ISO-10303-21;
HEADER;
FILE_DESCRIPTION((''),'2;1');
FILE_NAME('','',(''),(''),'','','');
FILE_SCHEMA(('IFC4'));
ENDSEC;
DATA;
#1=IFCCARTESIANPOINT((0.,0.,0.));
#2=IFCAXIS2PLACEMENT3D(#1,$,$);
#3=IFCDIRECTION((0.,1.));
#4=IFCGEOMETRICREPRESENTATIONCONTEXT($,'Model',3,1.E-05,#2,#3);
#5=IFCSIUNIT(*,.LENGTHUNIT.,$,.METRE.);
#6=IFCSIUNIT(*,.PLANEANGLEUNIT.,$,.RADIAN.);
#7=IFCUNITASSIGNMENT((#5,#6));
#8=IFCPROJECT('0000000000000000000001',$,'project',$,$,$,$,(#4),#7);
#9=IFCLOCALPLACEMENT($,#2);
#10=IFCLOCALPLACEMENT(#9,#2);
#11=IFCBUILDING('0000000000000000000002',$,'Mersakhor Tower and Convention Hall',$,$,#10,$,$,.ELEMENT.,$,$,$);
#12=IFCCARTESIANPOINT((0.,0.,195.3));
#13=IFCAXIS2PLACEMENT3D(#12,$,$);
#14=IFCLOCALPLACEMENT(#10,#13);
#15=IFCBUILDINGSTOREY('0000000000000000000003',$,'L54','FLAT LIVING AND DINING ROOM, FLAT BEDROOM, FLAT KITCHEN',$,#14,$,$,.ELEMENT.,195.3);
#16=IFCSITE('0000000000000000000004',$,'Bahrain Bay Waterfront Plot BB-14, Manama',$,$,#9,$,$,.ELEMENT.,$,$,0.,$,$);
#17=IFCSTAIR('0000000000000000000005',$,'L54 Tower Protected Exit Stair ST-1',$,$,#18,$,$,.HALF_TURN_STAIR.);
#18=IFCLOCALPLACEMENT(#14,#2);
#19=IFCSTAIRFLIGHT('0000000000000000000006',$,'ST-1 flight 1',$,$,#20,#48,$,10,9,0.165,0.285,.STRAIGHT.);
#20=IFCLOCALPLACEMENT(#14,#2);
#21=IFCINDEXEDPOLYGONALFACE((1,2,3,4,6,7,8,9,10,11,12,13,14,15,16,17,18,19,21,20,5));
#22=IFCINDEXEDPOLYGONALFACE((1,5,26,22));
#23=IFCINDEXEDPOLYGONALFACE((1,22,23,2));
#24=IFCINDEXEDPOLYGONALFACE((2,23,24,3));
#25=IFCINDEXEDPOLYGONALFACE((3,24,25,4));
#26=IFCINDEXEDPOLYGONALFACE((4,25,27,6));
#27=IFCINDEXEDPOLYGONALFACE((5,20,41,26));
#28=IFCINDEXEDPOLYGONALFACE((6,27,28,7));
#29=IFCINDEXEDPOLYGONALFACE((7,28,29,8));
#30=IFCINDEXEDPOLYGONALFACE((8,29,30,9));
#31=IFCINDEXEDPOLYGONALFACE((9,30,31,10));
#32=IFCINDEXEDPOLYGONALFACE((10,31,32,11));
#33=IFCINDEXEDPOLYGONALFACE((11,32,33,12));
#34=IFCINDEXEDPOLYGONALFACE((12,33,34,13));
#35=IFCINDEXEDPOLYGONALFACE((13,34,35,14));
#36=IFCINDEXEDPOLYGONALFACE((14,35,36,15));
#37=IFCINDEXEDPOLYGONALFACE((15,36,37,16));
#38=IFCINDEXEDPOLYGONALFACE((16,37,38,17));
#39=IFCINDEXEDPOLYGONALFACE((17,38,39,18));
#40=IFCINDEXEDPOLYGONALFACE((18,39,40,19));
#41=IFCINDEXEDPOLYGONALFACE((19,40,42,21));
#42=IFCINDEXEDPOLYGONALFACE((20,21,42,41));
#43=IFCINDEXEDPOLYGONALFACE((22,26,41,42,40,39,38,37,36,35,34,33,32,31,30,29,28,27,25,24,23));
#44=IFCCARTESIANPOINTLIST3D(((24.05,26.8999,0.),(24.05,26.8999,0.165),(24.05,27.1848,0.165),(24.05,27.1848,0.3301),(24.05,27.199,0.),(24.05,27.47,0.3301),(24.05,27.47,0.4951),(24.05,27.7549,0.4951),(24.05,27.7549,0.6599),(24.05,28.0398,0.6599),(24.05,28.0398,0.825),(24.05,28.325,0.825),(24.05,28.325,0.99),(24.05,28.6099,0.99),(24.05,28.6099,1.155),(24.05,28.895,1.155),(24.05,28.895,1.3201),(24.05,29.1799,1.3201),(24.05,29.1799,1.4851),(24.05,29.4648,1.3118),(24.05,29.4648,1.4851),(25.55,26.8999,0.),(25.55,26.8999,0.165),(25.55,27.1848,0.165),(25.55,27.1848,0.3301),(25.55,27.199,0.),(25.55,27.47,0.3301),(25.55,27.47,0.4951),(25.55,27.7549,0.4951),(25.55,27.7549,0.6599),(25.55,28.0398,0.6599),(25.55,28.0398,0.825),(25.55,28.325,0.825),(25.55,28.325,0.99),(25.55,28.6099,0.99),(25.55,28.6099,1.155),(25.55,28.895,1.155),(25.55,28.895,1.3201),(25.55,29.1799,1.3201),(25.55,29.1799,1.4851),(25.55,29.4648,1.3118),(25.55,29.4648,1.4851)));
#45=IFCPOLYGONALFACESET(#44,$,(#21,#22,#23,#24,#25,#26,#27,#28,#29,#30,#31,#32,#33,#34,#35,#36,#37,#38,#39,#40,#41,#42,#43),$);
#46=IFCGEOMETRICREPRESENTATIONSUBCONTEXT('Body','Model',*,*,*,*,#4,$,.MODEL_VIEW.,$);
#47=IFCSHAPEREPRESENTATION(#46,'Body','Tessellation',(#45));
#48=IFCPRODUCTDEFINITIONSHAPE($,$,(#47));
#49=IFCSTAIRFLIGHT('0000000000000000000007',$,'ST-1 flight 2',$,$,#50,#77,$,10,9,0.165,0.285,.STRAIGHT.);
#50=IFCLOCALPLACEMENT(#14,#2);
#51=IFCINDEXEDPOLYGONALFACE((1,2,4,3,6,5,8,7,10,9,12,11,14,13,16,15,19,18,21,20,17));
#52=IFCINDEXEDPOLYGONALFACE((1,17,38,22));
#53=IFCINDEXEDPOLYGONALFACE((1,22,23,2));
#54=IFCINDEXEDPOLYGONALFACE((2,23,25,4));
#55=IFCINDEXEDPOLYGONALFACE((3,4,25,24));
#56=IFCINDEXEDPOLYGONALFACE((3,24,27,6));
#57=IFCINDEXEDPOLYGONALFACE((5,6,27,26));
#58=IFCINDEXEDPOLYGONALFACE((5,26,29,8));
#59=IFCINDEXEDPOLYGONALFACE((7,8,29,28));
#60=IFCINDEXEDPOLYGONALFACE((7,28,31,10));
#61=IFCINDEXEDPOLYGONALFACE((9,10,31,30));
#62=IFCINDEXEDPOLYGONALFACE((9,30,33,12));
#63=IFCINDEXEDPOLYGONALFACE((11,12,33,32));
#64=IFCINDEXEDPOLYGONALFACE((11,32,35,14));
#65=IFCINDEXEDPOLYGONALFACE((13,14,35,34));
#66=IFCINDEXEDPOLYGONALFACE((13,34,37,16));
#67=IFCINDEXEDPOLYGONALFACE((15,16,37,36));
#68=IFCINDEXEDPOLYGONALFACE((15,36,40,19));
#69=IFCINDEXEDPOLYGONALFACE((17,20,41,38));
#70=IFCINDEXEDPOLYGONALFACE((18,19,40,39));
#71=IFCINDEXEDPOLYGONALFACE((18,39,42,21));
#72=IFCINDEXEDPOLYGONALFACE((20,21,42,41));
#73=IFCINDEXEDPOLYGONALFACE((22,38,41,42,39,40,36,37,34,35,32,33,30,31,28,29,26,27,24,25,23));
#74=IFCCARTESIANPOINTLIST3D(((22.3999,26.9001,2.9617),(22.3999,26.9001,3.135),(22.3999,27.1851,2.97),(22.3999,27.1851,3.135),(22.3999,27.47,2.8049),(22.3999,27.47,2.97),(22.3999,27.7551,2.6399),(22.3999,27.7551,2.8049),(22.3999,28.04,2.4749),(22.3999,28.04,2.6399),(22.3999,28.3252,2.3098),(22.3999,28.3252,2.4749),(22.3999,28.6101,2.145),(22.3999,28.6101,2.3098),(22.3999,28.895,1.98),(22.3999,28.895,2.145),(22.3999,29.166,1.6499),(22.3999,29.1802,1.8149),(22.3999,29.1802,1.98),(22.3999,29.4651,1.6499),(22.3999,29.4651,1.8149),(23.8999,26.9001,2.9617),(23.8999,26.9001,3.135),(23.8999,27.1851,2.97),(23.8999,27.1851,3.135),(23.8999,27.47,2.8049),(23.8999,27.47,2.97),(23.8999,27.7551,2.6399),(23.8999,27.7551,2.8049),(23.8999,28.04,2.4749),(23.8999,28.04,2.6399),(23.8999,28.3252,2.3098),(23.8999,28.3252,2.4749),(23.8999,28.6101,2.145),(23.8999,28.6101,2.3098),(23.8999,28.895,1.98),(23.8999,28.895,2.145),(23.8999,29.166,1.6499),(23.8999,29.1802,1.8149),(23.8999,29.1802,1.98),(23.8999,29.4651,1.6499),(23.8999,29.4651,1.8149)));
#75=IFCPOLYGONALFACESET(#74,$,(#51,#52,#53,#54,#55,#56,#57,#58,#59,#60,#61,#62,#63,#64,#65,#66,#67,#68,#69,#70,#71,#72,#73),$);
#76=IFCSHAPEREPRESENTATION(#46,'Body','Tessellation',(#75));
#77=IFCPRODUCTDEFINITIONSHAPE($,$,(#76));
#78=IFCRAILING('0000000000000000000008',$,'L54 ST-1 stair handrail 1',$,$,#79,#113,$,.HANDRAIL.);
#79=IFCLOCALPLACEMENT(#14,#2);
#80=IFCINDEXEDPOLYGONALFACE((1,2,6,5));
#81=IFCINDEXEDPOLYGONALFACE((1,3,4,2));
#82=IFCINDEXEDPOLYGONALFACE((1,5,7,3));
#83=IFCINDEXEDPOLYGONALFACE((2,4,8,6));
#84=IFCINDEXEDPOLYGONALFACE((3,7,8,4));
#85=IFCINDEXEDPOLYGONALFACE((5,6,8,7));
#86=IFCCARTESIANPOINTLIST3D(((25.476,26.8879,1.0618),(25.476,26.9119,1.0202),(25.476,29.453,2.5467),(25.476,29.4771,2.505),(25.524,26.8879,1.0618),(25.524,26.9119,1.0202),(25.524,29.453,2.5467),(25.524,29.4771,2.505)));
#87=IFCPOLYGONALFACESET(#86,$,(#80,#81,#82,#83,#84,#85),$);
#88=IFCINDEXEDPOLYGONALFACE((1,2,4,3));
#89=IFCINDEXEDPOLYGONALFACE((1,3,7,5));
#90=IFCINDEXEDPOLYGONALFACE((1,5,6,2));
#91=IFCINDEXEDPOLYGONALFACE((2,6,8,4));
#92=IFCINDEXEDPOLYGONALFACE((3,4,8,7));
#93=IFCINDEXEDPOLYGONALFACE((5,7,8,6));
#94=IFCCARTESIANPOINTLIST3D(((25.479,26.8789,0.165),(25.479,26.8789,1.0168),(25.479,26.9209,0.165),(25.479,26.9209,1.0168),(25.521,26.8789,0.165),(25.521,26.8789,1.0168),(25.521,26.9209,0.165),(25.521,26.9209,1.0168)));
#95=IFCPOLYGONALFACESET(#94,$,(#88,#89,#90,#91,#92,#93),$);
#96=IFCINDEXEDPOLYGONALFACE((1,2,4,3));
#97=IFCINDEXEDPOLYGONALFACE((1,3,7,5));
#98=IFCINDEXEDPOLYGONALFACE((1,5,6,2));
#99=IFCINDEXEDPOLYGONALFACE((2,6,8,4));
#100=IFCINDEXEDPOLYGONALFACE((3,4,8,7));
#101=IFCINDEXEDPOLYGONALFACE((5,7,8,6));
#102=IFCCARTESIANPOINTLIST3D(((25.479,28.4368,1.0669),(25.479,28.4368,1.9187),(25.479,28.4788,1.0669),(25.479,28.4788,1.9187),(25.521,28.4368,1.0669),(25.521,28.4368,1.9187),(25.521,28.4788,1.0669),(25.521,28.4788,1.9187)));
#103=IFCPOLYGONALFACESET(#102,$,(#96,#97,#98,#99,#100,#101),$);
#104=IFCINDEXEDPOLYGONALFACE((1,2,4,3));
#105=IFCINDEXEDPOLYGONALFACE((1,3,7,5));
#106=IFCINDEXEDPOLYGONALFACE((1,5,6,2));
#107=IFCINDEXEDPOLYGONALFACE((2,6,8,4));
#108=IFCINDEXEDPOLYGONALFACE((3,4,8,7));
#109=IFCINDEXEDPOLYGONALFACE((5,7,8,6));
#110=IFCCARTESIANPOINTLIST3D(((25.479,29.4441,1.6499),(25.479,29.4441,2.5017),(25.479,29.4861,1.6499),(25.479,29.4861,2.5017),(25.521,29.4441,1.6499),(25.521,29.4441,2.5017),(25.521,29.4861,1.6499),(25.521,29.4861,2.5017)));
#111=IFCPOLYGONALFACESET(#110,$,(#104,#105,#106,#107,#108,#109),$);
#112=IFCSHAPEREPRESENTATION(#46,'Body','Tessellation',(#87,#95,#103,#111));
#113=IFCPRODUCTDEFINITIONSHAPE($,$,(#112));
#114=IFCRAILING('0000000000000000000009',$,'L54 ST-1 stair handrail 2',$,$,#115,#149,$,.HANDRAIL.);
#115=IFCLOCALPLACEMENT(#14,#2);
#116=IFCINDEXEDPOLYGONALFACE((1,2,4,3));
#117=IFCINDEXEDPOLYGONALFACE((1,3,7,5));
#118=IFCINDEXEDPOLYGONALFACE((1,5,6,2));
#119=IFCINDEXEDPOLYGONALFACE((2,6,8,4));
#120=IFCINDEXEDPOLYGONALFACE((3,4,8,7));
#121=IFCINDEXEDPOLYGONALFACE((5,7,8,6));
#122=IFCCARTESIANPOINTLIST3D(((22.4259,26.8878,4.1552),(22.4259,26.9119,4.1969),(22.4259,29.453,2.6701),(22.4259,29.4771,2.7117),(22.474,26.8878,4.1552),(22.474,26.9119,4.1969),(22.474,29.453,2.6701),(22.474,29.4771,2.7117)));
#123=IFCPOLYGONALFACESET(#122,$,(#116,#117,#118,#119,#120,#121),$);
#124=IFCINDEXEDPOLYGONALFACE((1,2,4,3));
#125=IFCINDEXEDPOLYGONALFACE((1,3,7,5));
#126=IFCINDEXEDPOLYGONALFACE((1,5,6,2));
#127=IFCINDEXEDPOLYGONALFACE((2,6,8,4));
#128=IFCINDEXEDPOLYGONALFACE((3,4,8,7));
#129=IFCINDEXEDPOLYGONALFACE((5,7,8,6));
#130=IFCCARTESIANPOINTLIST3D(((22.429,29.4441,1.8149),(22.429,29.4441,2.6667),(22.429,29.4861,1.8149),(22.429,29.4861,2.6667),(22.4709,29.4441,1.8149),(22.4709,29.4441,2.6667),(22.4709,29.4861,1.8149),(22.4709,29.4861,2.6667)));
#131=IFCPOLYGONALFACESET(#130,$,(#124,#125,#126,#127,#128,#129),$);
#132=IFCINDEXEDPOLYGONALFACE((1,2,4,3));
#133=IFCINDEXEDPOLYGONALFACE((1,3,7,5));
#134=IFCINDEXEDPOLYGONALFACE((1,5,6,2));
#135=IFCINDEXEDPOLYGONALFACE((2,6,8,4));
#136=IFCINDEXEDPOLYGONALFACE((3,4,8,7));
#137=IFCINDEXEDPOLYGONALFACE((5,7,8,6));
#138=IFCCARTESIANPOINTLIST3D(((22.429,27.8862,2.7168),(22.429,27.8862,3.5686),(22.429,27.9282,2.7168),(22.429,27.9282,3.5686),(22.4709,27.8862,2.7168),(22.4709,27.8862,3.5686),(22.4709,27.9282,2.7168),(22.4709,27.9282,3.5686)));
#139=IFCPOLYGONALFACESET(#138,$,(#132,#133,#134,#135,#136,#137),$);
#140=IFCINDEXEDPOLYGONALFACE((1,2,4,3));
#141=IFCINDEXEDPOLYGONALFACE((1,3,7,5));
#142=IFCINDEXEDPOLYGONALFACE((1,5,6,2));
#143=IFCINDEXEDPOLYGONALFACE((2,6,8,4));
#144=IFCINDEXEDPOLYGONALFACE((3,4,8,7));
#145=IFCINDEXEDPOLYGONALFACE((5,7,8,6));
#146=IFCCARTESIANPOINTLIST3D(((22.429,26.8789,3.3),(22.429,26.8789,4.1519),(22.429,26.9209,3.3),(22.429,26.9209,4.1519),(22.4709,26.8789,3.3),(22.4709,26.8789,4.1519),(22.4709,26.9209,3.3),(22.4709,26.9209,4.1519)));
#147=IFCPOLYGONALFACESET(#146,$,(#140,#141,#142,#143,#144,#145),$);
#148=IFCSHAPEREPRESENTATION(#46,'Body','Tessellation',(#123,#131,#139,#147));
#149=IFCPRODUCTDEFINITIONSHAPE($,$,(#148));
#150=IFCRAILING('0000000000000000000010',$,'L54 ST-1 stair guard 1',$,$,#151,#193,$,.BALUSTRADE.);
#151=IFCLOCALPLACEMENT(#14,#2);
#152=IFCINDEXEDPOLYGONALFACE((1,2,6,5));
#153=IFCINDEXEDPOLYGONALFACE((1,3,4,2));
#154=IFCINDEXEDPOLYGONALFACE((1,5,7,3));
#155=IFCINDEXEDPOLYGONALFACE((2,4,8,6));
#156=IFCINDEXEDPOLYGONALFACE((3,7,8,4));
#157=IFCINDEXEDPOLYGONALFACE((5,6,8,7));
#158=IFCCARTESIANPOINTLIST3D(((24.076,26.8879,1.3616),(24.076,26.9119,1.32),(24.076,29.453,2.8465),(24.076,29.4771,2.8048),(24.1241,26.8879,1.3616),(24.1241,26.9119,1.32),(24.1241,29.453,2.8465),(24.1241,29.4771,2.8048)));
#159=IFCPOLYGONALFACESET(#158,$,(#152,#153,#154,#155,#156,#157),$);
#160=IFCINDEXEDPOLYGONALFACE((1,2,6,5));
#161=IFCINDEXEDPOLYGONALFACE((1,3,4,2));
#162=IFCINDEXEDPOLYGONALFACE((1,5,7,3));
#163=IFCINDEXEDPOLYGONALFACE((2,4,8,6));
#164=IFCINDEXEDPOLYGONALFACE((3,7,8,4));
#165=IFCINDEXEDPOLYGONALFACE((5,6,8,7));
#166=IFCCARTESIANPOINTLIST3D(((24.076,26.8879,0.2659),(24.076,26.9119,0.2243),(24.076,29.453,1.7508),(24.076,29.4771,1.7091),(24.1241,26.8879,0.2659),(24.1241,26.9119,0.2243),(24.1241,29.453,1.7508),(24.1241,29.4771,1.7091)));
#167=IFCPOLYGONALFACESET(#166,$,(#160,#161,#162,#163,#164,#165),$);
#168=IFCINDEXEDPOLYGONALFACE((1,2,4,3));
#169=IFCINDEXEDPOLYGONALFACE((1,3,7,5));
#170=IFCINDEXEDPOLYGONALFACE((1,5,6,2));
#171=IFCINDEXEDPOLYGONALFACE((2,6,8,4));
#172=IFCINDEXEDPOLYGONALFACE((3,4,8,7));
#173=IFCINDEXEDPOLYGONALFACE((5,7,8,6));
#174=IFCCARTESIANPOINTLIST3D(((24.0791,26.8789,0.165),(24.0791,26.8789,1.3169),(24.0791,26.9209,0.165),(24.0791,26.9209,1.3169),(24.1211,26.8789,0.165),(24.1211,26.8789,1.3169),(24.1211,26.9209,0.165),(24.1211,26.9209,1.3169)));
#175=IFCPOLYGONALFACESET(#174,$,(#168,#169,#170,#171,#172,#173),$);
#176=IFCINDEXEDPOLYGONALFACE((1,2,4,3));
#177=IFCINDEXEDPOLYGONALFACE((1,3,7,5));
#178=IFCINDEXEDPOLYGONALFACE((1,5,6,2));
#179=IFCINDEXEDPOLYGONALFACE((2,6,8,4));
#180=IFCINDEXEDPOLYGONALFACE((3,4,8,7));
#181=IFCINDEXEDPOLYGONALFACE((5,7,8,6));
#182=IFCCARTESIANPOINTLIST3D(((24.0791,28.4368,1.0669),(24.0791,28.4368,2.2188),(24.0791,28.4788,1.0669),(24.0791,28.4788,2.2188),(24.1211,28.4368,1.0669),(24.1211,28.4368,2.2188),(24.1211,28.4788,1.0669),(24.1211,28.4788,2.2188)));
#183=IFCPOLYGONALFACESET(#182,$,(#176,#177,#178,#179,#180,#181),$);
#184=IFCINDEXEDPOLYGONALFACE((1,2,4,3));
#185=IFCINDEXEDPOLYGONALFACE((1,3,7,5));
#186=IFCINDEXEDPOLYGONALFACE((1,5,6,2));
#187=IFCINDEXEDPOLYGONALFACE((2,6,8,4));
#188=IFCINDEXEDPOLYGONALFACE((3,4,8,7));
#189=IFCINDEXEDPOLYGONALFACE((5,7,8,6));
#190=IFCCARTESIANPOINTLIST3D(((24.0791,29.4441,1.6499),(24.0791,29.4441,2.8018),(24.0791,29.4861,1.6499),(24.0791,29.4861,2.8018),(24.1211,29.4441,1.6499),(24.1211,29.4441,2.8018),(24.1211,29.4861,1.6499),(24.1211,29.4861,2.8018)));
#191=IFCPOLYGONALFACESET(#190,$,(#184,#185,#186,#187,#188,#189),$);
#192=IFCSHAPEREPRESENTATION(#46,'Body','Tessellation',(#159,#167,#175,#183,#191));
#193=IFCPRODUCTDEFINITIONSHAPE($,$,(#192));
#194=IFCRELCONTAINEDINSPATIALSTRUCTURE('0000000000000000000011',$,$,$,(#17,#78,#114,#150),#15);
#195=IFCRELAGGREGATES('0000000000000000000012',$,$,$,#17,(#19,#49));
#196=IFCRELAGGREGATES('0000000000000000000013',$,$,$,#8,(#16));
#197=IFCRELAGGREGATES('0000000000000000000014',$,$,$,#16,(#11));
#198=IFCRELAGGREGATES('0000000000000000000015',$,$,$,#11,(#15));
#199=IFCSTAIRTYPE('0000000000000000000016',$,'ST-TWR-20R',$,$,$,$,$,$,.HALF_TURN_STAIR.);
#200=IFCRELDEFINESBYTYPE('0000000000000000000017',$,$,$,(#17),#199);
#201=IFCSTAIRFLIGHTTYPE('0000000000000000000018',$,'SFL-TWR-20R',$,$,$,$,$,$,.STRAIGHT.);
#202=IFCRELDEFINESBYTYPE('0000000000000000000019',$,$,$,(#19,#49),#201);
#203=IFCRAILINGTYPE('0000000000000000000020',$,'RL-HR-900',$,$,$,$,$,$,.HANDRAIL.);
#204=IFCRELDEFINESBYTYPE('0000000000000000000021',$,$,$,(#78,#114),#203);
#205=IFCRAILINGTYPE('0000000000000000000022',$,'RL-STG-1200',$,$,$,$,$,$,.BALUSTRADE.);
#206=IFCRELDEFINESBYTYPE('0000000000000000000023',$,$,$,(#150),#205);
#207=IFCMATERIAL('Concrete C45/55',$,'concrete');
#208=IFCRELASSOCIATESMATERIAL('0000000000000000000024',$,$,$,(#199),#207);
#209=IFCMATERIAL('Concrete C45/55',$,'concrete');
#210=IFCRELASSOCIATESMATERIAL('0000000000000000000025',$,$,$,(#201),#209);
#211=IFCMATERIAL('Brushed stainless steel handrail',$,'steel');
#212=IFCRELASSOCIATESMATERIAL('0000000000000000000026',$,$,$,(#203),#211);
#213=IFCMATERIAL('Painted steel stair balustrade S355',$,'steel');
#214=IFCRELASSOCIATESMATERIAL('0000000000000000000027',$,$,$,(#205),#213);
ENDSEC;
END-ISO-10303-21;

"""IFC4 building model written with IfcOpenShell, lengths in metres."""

from ifc_helpers import new_model, si_unit, direction, frame, origin, origin_2d, place, context, subcontext, project, spatial, polyline, rectangle, outline, extrude, material, type_object, element, aggregate, save


model = new_model("IFC4")

# Units and contexts
model_context = context("Model", 3, precision=1e-05, world=origin(), true_north=direction((0.0, 1.0)))
body_context = subcontext(model_context, "Body", "Model", "MODEL_VIEW")
ifc_project = project(units=[si_unit("LENGTHUNIT", "METRE"), si_unit("PLANEANGLEUNIT", "RADIAN")], contexts=[model_context])

# Site, building, storey
site_placement = place(None, origin())
site = spatial("IfcSite", under=ifc_project, at=site_placement, Name="Bahrain Bay Waterfront Plot BB-14, Manama", CompositionType="ELEMENT", RefElevation=0.0)
building_placement = place(site_placement, origin())
building = spatial("IfcBuilding", under=site, at=building_placement, Name="Mersakhor Tower and Convention Hall", CompositionType="ELEMENT")
storey_placement = place(building_placement, frame((0.0, 0.0, 195.3)))
storey = spatial("IfcBuildingStorey", under=building, at=storey_placement, Name="L54", Description="FLAT LIVING AND DINING ROOM, FLAT BEDROOM, FLAT KITCHEN", CompositionType="ELEMENT", Elevation=195.3)

# Stair, stair flights
ifc_material_1 = material(Name="Concrete C45/55", Category="concrete")
stair_type = type_object("IfcStairType", Name="ST-TWR-20R", PredefinedType="HALF_TURN_STAIR", material=ifc_material_1)
stair_placement = place(storey_placement, origin())
stair = element("IfcStair", 1, at=stair_placement, inside=storey, type_object=stair_type, Name="L54 Tower Protected Exit Stair ST-1", PredefinedType="HALF_TURN_STAIR")
ifc_material_2 = material(Name="Concrete C45/55", Category="concrete")
stair_flight_type = type_object("IfcStairFlightType", Name="SFL-TWR-20R", PredefinedType="STRAIGHT", material=ifc_material_2)
stair_flight_1_placement = place(storey_placement, frame((24.8, 26.8999, 0.0), z_axis=(0.0, 0.0, 1.0), x_axis=(0.0, 1.0, 0.0)))
stair_flight_1 = element("IfcStairFlight", 2, at=stair_flight_1_placement, type_object=stair_flight_type, Name="ST-1 flight 1", NumberOfRisers=10, NumberOfTreads=9, PredefinedType="STRAIGHT", RiserHeight=0.165, TreadLength=0.285, context=body_context, shape_type="SweptSolid", body=[
    extrude(outline(polyline([(0.0, 0.0), (0.0, 0.165), (0.2849, 0.165), (0.2849, 0.3301), (0.5701, 0.3301), (0.5701, 0.4951), (0.855, 0.4951), (0.855, 0.6599), (1.1399, 0.6599), (1.1399, 0.825), (1.425, 0.825), (1.425, 0.99), (1.71, 0.99), (1.71, 1.155), (1.9951, 1.155), (1.9951, 1.3201), (2.28, 1.3201), (2.28, 1.4851), (2.5649, 1.4851), (2.5649, 1.6499), (2.5649, 1.3118), (0.2991, 0.0), (0.0, 0.0)])), frame((0.0, 0.75, 0.0), z_axis=(0.0, -1.0, 0.0), x_axis=(1.0, 0.0, 0.0)), (0.0, 0.0, 1.0), 1.5),
])
stair_flight_2_placement = place(storey_placement, frame((23.1499, 29.4651, 1.6499), z_axis=(0.0, 0.0, 1.0), x_axis=(0.0, -1.0, 0.0)))
stair_flight_2 = element("IfcStairFlight", 3, at=stair_flight_2_placement, type_object=stair_flight_type, Name="ST-1 flight 2", NumberOfRisers=10, NumberOfTreads=9, PredefinedType="STRAIGHT", RiserHeight=0.165, TreadLength=0.285, context=body_context, shape_type="SweptSolid", body=[
    extrude(outline(polyline([(0.0, 0.0), (0.0, 0.165), (0.2849, 0.165), (0.2849, 0.3301), (0.5701, 0.3301), (0.5701, 0.4951), (0.855, 0.4951), (0.855, 0.6599), (1.1399, 0.6599), (1.1399, 0.825), (1.425, 0.825), (1.425, 0.99), (1.71, 0.99), (1.71, 1.155), (1.9951, 1.155), (1.9951, 1.3201), (2.28, 1.3201), (2.28, 1.4851), (2.5649, 1.4851), (2.5649, 1.6499), (2.5649, 1.3118), (0.2991, 0.0), (0.0, 0.0)])), frame((0.0, 0.75, 0.0), z_axis=(0.0, -1.0, 0.0), x_axis=(1.0, 0.0, 0.0)), (0.0, 0.0, 1.0), 1.5),
])
aggregate(stair, [stair_flight_1, stair_flight_2])

# Railings
ifc_material_3 = material(Name="Brushed stainless steel handrail", Category="steel")
railing_type_1 = type_object("IfcRailingType", Name="RL-HR-900", PredefinedType="HANDRAIL", material=ifc_material_3)
railing_1_placement = place(storey_placement, frame((25.5, 26.8999, 0.165)))
element("IfcRailing", 4, at=railing_1_placement, inside=storey, type_object=railing_type_1, Name="L54 ST-1 stair handrail 1", PredefinedType="HANDRAIL", context=body_context, shape_type="SweptSolid", body=[
    extrude(rectangle(XDim=0.0481, YDim=0.0481, at=origin_2d()), frame((0.0, 0.0, 0.876), z_axis=(0.0, 0.865462, 0.500975), x_axis=(-1.0, 0.0, 0.0)), (0.0, 0.0, 1.0), 2.9639),
    extrude(rectangle(XDim=0.042, YDim=0.042, at=origin_2d()), origin(), (0.0, 0.0, 1.0), 0.8518),
    extrude(rectangle(XDim=0.042, YDim=0.042, at=origin_2d()), frame((0.0, 1.5579, 0.9019)), (0.0, 0.0, 1.0), 0.8518),
    extrude(rectangle(XDim=0.042, YDim=0.042, at=origin_2d()), frame((0.0, 2.5652, 1.4849)), (0.0, 0.0, 1.0), 0.8518),
])
railing_2_placement = place(storey_placement, frame((22.45, 29.4651, 1.8149)))
element("IfcRailing", 5, at=railing_2_placement, inside=storey, type_object=railing_type_1, Name="L54 ST-1 stair handrail 2", PredefinedType="HANDRAIL", context=body_context, shape_type="SweptSolid", body=[
    extrude(rectangle(XDim=0.0481, YDim=0.0481, at=origin_2d()), frame((0.0, 0.0, 0.876), z_axis=(0.0, -0.865426, 0.501036), x_axis=(1.0, 0.0, 0.0)), (0.0, 0.0, 1.0), 2.9641),
    extrude(rectangle(XDim=0.042, YDim=0.042, at=origin_2d()), origin(), (0.0, 0.0, 1.0), 0.8518),
    extrude(rectangle(XDim=0.042, YDim=0.042, at=origin_2d()), frame((0.0, -1.5579, 0.9019)), (0.0, 0.0, 1.0), 0.8518),
    extrude(rectangle(XDim=0.042, YDim=0.042, at=origin_2d()), frame((0.0, -2.5652, 1.4851)), (0.0, 0.0, 1.0), 0.8518),
])
ifc_material_4 = material(Name="Painted steel stair balustrade S355", Category="steel")
railing_type_2 = type_object("IfcRailingType", Name="RL-STG-1200", PredefinedType="BALUSTRADE", material=ifc_material_4)
railing_3_placement = place(storey_placement, frame((24.1001, 26.8999, 0.165)))
element("IfcRailing", 6, at=railing_3_placement, inside=storey, type_object=railing_type_2, Name="L54 ST-1 stair guard 1", PredefinedType="BALUSTRADE", context=body_context, shape_type="SweptSolid", body=[
    extrude(rectangle(XDim=0.0481, YDim=0.0481, at=origin_2d()), frame((0.0, 0.0, 1.1758), z_axis=(0.0, 0.865462, 0.500975), x_axis=(-1.0, 0.0, 0.0)), (0.0, 0.0, 1.0), 2.9639),
    extrude(rectangle(XDim=0.0481, YDim=0.0481, at=origin_2d()), frame((0.0, 0.0, 0.0801), z_axis=(0.0, 0.865462, 0.500975), x_axis=(-1.0, 0.0, 0.0)), (0.0, 0.0, 1.0), 2.9639),
    extrude(rectangle(XDim=0.042, YDim=0.042, at=origin_2d()), origin(), (0.0, 0.0, 1.0), 1.1519),
    extrude(rectangle(XDim=0.042, YDim=0.042, at=origin_2d()), frame((0.0, 1.5579, 0.9019)), (0.0, 0.0, 1.0), 1.1519),
    extrude(rectangle(XDim=0.042, YDim=0.042, at=origin_2d()), frame((0.0, 2.5652, 1.4849)), (0.0, 0.0, 1.0), 1.1519),
])

save(model, "model.ifc")
